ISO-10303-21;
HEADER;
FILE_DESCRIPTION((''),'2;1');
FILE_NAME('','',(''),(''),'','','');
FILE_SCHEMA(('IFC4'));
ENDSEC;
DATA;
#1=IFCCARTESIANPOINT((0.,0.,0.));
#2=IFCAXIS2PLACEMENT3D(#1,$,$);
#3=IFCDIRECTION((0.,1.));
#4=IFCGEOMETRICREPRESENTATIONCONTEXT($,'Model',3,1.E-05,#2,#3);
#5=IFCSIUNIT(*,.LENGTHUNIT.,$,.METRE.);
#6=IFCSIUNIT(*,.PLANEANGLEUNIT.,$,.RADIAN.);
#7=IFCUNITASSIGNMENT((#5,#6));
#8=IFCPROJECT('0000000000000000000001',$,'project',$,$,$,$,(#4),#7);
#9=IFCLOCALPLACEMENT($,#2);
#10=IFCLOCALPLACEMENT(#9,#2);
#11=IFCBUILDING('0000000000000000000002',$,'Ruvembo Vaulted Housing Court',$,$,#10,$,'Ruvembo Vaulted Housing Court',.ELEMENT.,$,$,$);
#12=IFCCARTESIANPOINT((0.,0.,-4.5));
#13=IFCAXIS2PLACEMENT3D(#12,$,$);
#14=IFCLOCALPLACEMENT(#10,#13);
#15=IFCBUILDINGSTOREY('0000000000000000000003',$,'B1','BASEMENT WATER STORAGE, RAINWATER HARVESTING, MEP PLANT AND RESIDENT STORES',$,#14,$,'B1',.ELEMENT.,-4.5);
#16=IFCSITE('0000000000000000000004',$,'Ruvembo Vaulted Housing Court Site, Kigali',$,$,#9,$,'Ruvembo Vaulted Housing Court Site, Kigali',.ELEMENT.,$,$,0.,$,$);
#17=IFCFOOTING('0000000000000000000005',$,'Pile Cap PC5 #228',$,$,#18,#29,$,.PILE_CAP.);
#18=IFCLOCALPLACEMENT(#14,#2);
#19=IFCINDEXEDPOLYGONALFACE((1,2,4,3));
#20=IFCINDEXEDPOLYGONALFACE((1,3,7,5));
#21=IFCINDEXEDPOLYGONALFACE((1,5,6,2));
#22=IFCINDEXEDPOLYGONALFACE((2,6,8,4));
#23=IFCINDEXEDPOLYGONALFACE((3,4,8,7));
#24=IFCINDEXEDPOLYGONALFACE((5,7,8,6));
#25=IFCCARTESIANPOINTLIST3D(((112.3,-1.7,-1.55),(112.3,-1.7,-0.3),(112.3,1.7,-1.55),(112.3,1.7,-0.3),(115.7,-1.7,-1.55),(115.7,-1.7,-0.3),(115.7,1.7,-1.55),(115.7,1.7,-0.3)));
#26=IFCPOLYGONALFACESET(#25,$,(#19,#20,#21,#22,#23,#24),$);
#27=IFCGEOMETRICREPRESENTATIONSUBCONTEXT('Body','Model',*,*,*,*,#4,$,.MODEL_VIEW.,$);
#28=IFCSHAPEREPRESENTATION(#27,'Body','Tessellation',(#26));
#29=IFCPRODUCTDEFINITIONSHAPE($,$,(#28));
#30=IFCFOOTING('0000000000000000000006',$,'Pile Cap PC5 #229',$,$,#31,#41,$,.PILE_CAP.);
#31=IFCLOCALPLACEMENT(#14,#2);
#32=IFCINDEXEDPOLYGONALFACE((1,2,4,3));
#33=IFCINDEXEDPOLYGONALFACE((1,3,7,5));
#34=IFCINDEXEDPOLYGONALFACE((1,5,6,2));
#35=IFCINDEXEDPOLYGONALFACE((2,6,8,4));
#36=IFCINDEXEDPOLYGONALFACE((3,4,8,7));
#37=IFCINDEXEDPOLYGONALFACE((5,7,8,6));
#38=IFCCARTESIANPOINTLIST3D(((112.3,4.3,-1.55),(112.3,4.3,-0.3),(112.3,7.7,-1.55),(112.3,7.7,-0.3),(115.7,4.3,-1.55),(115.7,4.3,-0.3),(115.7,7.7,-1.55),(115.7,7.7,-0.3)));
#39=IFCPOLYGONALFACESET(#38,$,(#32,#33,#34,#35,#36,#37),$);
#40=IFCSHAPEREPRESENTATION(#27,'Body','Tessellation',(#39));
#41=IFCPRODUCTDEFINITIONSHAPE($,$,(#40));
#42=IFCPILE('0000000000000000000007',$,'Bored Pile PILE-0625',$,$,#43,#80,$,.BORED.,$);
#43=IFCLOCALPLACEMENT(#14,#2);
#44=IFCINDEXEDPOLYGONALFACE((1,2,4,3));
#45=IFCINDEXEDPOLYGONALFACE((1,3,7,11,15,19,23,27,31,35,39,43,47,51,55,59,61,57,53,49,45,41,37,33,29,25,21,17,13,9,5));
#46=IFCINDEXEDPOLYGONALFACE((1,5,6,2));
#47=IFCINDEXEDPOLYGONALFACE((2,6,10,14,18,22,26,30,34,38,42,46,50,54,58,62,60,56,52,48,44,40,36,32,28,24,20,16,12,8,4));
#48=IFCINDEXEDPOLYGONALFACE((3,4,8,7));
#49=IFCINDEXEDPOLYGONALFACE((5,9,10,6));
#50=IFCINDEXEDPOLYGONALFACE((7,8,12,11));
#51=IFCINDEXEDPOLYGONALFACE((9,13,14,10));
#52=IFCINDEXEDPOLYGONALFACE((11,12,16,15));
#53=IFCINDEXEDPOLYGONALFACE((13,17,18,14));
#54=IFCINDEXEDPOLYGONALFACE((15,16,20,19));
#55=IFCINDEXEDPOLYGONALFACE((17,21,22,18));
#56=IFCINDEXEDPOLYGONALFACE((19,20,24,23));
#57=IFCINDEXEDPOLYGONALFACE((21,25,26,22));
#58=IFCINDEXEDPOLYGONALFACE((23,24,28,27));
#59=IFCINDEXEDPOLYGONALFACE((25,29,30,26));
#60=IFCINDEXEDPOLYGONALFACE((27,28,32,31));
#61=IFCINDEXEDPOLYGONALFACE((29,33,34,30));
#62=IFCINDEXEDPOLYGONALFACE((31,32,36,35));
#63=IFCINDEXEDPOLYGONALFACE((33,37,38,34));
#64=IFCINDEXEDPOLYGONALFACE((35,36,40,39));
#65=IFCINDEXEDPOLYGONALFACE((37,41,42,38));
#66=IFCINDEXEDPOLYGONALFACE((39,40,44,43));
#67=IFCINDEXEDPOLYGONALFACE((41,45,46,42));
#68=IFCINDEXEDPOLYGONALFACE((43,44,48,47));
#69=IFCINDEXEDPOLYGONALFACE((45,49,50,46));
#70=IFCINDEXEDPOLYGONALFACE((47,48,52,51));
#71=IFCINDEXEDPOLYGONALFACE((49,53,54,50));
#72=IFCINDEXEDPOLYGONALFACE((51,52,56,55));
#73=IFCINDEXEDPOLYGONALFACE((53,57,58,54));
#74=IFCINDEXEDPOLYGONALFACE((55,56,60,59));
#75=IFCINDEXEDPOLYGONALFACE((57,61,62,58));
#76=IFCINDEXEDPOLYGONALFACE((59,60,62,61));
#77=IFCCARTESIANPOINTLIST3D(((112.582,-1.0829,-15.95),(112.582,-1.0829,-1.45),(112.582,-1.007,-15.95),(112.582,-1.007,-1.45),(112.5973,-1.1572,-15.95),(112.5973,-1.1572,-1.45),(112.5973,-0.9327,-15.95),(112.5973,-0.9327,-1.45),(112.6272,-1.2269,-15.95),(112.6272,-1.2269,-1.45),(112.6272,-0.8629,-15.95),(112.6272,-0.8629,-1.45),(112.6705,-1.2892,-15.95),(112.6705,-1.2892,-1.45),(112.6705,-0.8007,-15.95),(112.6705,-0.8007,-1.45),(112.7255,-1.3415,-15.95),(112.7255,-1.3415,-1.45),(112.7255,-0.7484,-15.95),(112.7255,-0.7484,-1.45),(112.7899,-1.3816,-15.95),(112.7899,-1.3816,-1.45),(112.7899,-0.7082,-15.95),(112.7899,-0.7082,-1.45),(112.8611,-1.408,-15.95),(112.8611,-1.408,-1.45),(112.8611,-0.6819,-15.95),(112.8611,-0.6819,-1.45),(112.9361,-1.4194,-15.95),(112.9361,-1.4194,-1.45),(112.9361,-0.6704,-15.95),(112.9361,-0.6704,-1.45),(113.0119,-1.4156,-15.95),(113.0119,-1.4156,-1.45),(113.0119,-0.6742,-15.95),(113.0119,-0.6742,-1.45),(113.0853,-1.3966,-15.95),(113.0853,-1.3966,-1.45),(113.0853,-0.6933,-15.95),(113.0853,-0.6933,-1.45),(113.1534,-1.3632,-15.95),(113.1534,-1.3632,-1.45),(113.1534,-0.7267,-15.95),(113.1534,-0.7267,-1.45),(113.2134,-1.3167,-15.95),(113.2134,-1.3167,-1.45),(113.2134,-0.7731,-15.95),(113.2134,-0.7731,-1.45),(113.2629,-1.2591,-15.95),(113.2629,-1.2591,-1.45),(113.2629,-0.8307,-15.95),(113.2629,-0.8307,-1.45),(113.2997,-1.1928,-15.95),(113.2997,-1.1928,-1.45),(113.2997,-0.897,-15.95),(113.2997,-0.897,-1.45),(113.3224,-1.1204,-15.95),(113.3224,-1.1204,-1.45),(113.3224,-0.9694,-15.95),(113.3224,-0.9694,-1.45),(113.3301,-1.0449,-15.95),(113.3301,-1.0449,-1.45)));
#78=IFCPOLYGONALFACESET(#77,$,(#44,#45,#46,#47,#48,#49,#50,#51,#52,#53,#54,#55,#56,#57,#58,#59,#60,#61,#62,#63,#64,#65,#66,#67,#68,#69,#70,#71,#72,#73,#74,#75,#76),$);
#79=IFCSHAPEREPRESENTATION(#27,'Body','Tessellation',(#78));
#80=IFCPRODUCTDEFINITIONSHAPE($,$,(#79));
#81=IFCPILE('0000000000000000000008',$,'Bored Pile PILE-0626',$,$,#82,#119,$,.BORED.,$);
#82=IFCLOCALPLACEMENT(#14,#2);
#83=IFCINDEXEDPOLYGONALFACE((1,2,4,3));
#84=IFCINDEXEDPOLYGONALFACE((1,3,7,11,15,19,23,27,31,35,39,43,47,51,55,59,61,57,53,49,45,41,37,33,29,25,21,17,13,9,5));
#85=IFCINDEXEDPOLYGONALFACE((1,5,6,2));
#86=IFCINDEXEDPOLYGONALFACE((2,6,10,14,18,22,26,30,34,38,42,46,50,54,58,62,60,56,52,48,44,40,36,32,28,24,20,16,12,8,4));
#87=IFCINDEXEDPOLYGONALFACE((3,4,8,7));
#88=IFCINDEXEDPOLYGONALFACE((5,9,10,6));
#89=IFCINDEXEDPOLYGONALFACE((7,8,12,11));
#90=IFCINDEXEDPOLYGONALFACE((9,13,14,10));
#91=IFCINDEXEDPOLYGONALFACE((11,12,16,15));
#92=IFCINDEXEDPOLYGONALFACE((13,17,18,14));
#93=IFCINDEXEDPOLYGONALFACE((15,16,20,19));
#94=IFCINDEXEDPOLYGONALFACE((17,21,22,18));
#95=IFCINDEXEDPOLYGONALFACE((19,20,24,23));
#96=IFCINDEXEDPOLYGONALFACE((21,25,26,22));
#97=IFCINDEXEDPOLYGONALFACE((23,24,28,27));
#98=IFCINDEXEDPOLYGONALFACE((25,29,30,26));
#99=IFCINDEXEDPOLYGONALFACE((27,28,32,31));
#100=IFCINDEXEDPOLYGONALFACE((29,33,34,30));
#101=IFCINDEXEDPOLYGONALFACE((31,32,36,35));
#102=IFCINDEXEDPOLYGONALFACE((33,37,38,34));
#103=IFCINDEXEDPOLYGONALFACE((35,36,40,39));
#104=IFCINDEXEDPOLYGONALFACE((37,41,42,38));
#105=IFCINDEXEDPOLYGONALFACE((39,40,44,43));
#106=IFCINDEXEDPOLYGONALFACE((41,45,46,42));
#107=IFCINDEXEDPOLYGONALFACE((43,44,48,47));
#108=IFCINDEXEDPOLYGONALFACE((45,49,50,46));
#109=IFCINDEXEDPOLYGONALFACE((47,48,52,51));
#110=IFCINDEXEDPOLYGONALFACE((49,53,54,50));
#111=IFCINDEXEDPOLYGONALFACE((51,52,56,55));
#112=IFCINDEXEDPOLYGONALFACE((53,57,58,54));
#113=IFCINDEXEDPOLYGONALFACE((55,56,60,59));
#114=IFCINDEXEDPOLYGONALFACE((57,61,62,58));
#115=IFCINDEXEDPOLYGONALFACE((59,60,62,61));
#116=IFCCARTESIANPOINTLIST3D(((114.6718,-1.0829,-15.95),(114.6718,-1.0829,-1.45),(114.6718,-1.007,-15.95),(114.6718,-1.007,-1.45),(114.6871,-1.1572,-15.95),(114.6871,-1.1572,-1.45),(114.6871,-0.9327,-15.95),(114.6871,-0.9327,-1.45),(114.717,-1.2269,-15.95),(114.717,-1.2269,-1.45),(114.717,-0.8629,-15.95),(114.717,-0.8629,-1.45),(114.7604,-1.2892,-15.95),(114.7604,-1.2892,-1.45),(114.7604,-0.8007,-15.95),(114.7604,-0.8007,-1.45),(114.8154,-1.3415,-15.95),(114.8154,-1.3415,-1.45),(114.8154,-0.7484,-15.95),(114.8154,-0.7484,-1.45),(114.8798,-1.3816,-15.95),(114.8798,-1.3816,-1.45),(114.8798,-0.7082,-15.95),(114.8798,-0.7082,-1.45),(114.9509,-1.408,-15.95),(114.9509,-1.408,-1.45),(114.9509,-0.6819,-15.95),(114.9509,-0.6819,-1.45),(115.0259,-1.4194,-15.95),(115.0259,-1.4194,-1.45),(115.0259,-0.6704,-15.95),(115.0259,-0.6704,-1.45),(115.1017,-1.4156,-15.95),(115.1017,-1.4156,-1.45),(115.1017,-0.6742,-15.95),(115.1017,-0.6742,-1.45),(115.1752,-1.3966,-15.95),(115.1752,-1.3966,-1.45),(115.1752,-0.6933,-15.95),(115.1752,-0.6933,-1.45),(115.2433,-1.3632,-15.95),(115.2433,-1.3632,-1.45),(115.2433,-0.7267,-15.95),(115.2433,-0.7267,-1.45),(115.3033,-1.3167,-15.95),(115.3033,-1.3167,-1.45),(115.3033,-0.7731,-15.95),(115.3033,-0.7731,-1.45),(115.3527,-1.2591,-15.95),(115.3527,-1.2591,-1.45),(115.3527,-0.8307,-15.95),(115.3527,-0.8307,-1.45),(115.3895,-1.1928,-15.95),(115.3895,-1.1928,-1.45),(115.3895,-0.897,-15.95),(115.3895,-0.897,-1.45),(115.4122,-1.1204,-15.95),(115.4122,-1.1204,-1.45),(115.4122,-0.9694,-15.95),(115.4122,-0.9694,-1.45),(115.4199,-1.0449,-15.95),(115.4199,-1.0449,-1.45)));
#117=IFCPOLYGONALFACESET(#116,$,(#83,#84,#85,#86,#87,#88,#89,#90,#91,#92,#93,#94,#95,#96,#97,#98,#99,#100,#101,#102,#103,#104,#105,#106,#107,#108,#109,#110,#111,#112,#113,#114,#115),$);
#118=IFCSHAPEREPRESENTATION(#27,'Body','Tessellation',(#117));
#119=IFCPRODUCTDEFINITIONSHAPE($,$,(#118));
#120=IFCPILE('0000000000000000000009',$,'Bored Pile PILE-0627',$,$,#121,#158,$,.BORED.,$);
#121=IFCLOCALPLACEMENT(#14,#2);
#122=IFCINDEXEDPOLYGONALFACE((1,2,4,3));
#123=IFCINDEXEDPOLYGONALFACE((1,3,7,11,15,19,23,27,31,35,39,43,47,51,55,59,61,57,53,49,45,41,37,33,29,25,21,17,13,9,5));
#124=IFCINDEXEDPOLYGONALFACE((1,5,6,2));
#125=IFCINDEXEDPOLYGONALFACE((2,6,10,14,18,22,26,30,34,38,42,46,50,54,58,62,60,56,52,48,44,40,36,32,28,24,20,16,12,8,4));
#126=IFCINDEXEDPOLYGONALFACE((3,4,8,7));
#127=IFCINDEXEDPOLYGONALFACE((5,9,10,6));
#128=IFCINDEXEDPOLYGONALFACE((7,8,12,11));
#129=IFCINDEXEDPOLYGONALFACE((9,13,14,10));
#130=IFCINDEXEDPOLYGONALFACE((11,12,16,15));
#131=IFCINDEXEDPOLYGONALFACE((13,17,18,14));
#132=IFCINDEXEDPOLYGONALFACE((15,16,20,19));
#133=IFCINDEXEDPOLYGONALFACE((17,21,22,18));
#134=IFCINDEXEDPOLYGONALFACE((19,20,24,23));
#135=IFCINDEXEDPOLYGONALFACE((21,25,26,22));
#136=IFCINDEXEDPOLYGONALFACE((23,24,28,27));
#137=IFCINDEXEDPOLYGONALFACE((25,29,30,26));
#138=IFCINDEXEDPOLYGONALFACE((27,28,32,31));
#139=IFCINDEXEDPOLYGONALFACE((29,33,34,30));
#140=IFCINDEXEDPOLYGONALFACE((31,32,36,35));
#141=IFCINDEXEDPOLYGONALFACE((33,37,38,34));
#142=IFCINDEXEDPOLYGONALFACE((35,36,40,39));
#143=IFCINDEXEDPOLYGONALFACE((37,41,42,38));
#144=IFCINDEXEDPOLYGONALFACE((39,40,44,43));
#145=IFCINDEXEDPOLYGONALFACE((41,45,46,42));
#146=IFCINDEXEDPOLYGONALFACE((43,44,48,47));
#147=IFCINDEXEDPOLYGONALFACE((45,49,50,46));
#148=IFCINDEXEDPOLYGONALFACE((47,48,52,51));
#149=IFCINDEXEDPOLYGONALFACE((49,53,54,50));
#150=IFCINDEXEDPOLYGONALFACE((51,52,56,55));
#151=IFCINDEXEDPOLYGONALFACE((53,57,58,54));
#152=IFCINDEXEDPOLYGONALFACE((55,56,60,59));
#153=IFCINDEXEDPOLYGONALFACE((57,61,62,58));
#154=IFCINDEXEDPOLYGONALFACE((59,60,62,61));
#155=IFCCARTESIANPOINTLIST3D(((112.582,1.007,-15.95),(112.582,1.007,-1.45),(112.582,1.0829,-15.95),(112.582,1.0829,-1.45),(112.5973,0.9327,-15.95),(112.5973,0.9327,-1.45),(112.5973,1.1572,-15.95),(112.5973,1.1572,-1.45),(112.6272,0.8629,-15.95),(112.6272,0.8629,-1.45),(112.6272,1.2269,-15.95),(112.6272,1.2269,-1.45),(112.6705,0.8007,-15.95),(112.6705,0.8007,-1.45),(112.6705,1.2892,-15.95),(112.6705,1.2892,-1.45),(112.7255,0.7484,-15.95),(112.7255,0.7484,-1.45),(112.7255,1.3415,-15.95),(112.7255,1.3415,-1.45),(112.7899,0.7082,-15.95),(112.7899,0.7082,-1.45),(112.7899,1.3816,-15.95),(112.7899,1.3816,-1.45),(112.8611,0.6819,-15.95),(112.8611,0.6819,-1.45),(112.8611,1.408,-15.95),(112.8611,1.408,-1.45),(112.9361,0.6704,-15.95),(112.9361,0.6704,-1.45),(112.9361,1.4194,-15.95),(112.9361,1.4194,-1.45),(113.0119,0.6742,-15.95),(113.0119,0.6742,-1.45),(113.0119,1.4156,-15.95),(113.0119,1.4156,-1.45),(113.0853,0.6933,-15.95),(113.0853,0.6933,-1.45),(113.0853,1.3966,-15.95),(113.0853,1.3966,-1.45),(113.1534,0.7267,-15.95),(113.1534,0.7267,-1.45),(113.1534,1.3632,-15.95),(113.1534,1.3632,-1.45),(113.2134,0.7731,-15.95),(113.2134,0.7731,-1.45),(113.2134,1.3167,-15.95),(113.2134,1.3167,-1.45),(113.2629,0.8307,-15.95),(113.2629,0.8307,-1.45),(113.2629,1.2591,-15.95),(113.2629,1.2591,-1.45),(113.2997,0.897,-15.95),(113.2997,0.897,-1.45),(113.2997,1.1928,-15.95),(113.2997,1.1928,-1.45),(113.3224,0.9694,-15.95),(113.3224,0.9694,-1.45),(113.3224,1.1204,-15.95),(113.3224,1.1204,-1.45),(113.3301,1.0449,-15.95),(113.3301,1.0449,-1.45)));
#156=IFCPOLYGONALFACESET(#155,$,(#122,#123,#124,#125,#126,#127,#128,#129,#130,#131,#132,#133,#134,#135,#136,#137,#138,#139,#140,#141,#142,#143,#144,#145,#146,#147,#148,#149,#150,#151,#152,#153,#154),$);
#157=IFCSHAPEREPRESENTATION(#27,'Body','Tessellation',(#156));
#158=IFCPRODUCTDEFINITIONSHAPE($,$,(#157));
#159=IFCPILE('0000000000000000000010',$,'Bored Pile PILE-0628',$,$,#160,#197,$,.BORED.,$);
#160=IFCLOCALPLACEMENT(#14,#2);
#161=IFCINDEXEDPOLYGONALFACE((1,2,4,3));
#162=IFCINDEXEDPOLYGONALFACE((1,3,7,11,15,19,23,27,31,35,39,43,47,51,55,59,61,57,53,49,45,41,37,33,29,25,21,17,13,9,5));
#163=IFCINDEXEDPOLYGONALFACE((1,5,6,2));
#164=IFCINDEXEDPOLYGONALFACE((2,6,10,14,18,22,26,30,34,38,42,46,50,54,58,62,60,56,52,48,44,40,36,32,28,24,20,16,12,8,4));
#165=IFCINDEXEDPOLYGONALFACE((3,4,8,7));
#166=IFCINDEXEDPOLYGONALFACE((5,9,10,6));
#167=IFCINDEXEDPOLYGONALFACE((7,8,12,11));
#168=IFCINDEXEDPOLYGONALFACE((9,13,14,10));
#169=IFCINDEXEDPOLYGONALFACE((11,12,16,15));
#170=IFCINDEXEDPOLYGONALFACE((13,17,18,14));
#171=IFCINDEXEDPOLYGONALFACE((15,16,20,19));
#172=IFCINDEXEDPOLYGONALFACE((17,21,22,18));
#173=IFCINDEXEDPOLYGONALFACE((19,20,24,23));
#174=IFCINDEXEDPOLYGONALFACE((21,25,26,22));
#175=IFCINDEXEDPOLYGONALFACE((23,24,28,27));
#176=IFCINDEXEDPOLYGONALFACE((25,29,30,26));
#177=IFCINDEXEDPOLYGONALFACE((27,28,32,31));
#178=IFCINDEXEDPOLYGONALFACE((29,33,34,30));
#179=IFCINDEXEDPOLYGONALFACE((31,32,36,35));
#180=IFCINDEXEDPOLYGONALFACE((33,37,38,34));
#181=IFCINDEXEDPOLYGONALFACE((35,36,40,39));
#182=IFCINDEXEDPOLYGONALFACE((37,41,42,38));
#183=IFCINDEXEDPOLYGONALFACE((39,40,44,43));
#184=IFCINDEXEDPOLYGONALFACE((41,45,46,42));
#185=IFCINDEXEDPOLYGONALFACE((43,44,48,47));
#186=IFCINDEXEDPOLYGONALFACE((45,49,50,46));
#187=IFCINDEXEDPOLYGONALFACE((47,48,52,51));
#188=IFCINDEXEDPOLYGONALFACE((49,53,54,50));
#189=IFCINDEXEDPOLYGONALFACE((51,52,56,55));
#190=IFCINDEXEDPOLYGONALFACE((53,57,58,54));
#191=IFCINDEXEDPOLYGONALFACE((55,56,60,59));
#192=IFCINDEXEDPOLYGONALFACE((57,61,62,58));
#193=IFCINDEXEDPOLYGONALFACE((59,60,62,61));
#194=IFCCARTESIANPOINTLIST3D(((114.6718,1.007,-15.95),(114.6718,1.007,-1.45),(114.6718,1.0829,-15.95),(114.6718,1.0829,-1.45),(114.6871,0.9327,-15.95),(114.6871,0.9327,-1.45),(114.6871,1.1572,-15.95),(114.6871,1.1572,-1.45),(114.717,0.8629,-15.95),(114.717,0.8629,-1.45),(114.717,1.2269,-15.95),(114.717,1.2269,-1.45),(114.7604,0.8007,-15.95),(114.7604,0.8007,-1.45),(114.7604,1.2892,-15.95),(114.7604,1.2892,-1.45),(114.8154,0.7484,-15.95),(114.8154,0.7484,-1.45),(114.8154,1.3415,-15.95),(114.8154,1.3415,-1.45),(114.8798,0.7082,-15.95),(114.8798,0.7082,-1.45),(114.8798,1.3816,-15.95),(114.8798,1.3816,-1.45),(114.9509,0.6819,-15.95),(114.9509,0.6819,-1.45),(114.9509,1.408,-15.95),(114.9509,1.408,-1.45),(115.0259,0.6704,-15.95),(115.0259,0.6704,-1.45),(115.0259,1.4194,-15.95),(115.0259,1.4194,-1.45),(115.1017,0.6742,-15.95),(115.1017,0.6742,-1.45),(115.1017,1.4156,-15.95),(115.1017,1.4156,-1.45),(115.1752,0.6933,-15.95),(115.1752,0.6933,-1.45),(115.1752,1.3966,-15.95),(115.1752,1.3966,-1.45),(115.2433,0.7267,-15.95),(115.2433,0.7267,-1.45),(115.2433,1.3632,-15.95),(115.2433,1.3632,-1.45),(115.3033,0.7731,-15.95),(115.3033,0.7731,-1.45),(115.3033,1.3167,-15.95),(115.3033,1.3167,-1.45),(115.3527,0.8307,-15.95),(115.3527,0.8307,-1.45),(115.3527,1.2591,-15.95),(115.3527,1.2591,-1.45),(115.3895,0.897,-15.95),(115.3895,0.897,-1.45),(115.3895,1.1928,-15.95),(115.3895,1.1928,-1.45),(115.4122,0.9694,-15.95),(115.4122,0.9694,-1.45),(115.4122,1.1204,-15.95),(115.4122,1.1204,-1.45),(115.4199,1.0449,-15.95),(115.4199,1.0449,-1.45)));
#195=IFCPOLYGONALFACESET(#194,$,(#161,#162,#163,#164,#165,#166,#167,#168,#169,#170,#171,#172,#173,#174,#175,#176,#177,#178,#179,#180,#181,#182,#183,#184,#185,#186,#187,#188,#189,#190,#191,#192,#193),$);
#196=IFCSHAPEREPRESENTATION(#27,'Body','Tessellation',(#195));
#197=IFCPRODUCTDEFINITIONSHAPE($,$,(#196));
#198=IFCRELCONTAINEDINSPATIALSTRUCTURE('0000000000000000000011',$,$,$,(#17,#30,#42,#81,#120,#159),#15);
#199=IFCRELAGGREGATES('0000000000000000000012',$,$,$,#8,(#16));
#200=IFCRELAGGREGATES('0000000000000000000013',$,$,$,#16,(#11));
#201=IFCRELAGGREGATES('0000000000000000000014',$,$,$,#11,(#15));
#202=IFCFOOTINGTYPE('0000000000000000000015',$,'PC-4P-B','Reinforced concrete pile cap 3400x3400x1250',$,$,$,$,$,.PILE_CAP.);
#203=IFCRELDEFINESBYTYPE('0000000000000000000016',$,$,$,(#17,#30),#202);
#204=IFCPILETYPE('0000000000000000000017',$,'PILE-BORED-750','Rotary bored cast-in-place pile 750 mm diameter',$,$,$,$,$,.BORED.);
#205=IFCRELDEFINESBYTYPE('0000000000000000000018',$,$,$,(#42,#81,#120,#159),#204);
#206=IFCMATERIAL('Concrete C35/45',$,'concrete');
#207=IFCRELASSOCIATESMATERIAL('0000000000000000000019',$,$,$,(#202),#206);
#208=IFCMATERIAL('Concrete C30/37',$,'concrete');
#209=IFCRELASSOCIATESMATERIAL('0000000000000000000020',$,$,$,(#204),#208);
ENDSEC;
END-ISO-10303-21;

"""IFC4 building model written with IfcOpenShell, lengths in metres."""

from ifc_helpers import new_model, si_unit, direction, frame, origin, origin_2d, place, context, subcontext, project, spatial, rectangle, circle, extrude, material, material_profile, profile_set, type_object, element, save


model = new_model("IFC4")

# Units and contexts
model_context = context("Model", 3, precision=1e-05, world=origin(), true_north=direction((0.0, 1.0)))
body_context = subcontext(model_context, "Body", "Model", "MODEL_VIEW")
ifc_project = project(units=[si_unit("LENGTHUNIT", "METRE"), si_unit("PLANEANGLEUNIT", "RADIAN")], contexts=[model_context])

# Site, building, storey
site_placement = place(None, origin())
site = spatial("IfcSite", under=ifc_project, at=site_placement, Name="Ruvembo Vaulted Housing Court Site, Kigali", LongName="Ruvembo Vaulted Housing Court Site, Kigali", CompositionType="ELEMENT", RefElevation=0.0)
building_placement = place(site_placement, origin())
building = spatial("IfcBuilding", under=site, at=building_placement, Name="Ruvembo Vaulted Housing Court", LongName="Ruvembo Vaulted Housing Court", CompositionType="ELEMENT")
storey_placement = place(building_placement, frame((0.0, 0.0, -4.5)))
storey = spatial("IfcBuildingStorey", under=building, at=storey_placement, Name="B1", Description="BASEMENT WATER STORAGE, RAINWATER HARVESTING, MEP PLANT AND RESIDENT STORES", LongName="B1", CompositionType="ELEMENT", Elevation=-4.5)

# Footings
ifc_material_1 = material(Name="Concrete C35/45", Category="concrete")
footing_type = type_object("IfcFootingType", Name="PC-4P-B", Description="Reinforced concrete pile cap 3400x3400x1250", PredefinedType="PILE_CAP", material=ifc_material_1)
for number, where, z_axis, x_axis, name in (
    (1, (114.0, 0.0, -1.55), (0.0, 0.0, 1.0), (1.0, 0.0, 0.0), "Pile Cap PC5 #228"),
    (2, (114.0, 6.0, -1.55), (0.0, 0.0, 1.0), (1.0, 0.0, 0.0), "Pile Cap PC5 #229"),
):
    element("IfcFooting", number, at=place(storey_placement, frame(where, z_axis=z_axis, x_axis=x_axis)), inside=storey, type_object=footing_type, Name=name, PredefinedType="PILE_CAP", context=body_context, shape_type="SweptSolid", body=[
        extrude(rectangle(XDim=3.3999, YDim=3.3999, at=origin_2d()), origin(), (0.0, 0.0, 1.0), 1.25),
    ])

# Piles
ifc_material_2 = material(Name="Concrete C30/37", Category="concrete")
ifc_material_profile_1 = material_profile(ifc_material_2, circle(Radius=0.375, at=origin_2d()), Name="PILE D750")
ifc_profile_set_1 = profile_set([ifc_material_profile_1], Name="Concrete C30/37")
pile_type_1 = type_object("IfcPileType", Name="PILE-BORED-750", Description="Rotary bored cast-in-place pile 750 mm diameter", PredefinedType="BORED", material=ifc_profile_set_1)
for number, where, z_axis, x_axis, name in (
    (3, (112.9551, -1.0449, -1.45), (0.0, 0.0, -1.0), (1.0, 0.0, 0.0), "Bored Pile PILE-0625"),
    (4, (115.0449, -1.0449, -1.45), (0.0, 0.0, -1.0), (1.0, 0.0, 0.0), "Bored Pile PILE-0626"),
    (5, (112.9551, 1.0449, -1.45), (0.0, 0.0, -1.0), (1.0, 0.0, 0.0), "Bored Pile PILE-0627"),
    (6, (115.0449, 1.0449, -1.45), (0.0, 0.0, -1.0), (1.0, 0.0, 0.0), "Bored Pile PILE-0628"),
):
    element("IfcPile", number, at=place(storey_placement, frame(where, z_axis=z_axis, x_axis=x_axis)), inside=storey, type_object=pile_type_1, Name=name, PredefinedType="BORED", context=body_context, shape_type="SweptSolid", body=[
        extrude(circle(Radius=0.375, at=origin_2d()), origin(), (0.0, 0.0, 1.0), 14.5),
    ])

save(model, "model.ifc")
